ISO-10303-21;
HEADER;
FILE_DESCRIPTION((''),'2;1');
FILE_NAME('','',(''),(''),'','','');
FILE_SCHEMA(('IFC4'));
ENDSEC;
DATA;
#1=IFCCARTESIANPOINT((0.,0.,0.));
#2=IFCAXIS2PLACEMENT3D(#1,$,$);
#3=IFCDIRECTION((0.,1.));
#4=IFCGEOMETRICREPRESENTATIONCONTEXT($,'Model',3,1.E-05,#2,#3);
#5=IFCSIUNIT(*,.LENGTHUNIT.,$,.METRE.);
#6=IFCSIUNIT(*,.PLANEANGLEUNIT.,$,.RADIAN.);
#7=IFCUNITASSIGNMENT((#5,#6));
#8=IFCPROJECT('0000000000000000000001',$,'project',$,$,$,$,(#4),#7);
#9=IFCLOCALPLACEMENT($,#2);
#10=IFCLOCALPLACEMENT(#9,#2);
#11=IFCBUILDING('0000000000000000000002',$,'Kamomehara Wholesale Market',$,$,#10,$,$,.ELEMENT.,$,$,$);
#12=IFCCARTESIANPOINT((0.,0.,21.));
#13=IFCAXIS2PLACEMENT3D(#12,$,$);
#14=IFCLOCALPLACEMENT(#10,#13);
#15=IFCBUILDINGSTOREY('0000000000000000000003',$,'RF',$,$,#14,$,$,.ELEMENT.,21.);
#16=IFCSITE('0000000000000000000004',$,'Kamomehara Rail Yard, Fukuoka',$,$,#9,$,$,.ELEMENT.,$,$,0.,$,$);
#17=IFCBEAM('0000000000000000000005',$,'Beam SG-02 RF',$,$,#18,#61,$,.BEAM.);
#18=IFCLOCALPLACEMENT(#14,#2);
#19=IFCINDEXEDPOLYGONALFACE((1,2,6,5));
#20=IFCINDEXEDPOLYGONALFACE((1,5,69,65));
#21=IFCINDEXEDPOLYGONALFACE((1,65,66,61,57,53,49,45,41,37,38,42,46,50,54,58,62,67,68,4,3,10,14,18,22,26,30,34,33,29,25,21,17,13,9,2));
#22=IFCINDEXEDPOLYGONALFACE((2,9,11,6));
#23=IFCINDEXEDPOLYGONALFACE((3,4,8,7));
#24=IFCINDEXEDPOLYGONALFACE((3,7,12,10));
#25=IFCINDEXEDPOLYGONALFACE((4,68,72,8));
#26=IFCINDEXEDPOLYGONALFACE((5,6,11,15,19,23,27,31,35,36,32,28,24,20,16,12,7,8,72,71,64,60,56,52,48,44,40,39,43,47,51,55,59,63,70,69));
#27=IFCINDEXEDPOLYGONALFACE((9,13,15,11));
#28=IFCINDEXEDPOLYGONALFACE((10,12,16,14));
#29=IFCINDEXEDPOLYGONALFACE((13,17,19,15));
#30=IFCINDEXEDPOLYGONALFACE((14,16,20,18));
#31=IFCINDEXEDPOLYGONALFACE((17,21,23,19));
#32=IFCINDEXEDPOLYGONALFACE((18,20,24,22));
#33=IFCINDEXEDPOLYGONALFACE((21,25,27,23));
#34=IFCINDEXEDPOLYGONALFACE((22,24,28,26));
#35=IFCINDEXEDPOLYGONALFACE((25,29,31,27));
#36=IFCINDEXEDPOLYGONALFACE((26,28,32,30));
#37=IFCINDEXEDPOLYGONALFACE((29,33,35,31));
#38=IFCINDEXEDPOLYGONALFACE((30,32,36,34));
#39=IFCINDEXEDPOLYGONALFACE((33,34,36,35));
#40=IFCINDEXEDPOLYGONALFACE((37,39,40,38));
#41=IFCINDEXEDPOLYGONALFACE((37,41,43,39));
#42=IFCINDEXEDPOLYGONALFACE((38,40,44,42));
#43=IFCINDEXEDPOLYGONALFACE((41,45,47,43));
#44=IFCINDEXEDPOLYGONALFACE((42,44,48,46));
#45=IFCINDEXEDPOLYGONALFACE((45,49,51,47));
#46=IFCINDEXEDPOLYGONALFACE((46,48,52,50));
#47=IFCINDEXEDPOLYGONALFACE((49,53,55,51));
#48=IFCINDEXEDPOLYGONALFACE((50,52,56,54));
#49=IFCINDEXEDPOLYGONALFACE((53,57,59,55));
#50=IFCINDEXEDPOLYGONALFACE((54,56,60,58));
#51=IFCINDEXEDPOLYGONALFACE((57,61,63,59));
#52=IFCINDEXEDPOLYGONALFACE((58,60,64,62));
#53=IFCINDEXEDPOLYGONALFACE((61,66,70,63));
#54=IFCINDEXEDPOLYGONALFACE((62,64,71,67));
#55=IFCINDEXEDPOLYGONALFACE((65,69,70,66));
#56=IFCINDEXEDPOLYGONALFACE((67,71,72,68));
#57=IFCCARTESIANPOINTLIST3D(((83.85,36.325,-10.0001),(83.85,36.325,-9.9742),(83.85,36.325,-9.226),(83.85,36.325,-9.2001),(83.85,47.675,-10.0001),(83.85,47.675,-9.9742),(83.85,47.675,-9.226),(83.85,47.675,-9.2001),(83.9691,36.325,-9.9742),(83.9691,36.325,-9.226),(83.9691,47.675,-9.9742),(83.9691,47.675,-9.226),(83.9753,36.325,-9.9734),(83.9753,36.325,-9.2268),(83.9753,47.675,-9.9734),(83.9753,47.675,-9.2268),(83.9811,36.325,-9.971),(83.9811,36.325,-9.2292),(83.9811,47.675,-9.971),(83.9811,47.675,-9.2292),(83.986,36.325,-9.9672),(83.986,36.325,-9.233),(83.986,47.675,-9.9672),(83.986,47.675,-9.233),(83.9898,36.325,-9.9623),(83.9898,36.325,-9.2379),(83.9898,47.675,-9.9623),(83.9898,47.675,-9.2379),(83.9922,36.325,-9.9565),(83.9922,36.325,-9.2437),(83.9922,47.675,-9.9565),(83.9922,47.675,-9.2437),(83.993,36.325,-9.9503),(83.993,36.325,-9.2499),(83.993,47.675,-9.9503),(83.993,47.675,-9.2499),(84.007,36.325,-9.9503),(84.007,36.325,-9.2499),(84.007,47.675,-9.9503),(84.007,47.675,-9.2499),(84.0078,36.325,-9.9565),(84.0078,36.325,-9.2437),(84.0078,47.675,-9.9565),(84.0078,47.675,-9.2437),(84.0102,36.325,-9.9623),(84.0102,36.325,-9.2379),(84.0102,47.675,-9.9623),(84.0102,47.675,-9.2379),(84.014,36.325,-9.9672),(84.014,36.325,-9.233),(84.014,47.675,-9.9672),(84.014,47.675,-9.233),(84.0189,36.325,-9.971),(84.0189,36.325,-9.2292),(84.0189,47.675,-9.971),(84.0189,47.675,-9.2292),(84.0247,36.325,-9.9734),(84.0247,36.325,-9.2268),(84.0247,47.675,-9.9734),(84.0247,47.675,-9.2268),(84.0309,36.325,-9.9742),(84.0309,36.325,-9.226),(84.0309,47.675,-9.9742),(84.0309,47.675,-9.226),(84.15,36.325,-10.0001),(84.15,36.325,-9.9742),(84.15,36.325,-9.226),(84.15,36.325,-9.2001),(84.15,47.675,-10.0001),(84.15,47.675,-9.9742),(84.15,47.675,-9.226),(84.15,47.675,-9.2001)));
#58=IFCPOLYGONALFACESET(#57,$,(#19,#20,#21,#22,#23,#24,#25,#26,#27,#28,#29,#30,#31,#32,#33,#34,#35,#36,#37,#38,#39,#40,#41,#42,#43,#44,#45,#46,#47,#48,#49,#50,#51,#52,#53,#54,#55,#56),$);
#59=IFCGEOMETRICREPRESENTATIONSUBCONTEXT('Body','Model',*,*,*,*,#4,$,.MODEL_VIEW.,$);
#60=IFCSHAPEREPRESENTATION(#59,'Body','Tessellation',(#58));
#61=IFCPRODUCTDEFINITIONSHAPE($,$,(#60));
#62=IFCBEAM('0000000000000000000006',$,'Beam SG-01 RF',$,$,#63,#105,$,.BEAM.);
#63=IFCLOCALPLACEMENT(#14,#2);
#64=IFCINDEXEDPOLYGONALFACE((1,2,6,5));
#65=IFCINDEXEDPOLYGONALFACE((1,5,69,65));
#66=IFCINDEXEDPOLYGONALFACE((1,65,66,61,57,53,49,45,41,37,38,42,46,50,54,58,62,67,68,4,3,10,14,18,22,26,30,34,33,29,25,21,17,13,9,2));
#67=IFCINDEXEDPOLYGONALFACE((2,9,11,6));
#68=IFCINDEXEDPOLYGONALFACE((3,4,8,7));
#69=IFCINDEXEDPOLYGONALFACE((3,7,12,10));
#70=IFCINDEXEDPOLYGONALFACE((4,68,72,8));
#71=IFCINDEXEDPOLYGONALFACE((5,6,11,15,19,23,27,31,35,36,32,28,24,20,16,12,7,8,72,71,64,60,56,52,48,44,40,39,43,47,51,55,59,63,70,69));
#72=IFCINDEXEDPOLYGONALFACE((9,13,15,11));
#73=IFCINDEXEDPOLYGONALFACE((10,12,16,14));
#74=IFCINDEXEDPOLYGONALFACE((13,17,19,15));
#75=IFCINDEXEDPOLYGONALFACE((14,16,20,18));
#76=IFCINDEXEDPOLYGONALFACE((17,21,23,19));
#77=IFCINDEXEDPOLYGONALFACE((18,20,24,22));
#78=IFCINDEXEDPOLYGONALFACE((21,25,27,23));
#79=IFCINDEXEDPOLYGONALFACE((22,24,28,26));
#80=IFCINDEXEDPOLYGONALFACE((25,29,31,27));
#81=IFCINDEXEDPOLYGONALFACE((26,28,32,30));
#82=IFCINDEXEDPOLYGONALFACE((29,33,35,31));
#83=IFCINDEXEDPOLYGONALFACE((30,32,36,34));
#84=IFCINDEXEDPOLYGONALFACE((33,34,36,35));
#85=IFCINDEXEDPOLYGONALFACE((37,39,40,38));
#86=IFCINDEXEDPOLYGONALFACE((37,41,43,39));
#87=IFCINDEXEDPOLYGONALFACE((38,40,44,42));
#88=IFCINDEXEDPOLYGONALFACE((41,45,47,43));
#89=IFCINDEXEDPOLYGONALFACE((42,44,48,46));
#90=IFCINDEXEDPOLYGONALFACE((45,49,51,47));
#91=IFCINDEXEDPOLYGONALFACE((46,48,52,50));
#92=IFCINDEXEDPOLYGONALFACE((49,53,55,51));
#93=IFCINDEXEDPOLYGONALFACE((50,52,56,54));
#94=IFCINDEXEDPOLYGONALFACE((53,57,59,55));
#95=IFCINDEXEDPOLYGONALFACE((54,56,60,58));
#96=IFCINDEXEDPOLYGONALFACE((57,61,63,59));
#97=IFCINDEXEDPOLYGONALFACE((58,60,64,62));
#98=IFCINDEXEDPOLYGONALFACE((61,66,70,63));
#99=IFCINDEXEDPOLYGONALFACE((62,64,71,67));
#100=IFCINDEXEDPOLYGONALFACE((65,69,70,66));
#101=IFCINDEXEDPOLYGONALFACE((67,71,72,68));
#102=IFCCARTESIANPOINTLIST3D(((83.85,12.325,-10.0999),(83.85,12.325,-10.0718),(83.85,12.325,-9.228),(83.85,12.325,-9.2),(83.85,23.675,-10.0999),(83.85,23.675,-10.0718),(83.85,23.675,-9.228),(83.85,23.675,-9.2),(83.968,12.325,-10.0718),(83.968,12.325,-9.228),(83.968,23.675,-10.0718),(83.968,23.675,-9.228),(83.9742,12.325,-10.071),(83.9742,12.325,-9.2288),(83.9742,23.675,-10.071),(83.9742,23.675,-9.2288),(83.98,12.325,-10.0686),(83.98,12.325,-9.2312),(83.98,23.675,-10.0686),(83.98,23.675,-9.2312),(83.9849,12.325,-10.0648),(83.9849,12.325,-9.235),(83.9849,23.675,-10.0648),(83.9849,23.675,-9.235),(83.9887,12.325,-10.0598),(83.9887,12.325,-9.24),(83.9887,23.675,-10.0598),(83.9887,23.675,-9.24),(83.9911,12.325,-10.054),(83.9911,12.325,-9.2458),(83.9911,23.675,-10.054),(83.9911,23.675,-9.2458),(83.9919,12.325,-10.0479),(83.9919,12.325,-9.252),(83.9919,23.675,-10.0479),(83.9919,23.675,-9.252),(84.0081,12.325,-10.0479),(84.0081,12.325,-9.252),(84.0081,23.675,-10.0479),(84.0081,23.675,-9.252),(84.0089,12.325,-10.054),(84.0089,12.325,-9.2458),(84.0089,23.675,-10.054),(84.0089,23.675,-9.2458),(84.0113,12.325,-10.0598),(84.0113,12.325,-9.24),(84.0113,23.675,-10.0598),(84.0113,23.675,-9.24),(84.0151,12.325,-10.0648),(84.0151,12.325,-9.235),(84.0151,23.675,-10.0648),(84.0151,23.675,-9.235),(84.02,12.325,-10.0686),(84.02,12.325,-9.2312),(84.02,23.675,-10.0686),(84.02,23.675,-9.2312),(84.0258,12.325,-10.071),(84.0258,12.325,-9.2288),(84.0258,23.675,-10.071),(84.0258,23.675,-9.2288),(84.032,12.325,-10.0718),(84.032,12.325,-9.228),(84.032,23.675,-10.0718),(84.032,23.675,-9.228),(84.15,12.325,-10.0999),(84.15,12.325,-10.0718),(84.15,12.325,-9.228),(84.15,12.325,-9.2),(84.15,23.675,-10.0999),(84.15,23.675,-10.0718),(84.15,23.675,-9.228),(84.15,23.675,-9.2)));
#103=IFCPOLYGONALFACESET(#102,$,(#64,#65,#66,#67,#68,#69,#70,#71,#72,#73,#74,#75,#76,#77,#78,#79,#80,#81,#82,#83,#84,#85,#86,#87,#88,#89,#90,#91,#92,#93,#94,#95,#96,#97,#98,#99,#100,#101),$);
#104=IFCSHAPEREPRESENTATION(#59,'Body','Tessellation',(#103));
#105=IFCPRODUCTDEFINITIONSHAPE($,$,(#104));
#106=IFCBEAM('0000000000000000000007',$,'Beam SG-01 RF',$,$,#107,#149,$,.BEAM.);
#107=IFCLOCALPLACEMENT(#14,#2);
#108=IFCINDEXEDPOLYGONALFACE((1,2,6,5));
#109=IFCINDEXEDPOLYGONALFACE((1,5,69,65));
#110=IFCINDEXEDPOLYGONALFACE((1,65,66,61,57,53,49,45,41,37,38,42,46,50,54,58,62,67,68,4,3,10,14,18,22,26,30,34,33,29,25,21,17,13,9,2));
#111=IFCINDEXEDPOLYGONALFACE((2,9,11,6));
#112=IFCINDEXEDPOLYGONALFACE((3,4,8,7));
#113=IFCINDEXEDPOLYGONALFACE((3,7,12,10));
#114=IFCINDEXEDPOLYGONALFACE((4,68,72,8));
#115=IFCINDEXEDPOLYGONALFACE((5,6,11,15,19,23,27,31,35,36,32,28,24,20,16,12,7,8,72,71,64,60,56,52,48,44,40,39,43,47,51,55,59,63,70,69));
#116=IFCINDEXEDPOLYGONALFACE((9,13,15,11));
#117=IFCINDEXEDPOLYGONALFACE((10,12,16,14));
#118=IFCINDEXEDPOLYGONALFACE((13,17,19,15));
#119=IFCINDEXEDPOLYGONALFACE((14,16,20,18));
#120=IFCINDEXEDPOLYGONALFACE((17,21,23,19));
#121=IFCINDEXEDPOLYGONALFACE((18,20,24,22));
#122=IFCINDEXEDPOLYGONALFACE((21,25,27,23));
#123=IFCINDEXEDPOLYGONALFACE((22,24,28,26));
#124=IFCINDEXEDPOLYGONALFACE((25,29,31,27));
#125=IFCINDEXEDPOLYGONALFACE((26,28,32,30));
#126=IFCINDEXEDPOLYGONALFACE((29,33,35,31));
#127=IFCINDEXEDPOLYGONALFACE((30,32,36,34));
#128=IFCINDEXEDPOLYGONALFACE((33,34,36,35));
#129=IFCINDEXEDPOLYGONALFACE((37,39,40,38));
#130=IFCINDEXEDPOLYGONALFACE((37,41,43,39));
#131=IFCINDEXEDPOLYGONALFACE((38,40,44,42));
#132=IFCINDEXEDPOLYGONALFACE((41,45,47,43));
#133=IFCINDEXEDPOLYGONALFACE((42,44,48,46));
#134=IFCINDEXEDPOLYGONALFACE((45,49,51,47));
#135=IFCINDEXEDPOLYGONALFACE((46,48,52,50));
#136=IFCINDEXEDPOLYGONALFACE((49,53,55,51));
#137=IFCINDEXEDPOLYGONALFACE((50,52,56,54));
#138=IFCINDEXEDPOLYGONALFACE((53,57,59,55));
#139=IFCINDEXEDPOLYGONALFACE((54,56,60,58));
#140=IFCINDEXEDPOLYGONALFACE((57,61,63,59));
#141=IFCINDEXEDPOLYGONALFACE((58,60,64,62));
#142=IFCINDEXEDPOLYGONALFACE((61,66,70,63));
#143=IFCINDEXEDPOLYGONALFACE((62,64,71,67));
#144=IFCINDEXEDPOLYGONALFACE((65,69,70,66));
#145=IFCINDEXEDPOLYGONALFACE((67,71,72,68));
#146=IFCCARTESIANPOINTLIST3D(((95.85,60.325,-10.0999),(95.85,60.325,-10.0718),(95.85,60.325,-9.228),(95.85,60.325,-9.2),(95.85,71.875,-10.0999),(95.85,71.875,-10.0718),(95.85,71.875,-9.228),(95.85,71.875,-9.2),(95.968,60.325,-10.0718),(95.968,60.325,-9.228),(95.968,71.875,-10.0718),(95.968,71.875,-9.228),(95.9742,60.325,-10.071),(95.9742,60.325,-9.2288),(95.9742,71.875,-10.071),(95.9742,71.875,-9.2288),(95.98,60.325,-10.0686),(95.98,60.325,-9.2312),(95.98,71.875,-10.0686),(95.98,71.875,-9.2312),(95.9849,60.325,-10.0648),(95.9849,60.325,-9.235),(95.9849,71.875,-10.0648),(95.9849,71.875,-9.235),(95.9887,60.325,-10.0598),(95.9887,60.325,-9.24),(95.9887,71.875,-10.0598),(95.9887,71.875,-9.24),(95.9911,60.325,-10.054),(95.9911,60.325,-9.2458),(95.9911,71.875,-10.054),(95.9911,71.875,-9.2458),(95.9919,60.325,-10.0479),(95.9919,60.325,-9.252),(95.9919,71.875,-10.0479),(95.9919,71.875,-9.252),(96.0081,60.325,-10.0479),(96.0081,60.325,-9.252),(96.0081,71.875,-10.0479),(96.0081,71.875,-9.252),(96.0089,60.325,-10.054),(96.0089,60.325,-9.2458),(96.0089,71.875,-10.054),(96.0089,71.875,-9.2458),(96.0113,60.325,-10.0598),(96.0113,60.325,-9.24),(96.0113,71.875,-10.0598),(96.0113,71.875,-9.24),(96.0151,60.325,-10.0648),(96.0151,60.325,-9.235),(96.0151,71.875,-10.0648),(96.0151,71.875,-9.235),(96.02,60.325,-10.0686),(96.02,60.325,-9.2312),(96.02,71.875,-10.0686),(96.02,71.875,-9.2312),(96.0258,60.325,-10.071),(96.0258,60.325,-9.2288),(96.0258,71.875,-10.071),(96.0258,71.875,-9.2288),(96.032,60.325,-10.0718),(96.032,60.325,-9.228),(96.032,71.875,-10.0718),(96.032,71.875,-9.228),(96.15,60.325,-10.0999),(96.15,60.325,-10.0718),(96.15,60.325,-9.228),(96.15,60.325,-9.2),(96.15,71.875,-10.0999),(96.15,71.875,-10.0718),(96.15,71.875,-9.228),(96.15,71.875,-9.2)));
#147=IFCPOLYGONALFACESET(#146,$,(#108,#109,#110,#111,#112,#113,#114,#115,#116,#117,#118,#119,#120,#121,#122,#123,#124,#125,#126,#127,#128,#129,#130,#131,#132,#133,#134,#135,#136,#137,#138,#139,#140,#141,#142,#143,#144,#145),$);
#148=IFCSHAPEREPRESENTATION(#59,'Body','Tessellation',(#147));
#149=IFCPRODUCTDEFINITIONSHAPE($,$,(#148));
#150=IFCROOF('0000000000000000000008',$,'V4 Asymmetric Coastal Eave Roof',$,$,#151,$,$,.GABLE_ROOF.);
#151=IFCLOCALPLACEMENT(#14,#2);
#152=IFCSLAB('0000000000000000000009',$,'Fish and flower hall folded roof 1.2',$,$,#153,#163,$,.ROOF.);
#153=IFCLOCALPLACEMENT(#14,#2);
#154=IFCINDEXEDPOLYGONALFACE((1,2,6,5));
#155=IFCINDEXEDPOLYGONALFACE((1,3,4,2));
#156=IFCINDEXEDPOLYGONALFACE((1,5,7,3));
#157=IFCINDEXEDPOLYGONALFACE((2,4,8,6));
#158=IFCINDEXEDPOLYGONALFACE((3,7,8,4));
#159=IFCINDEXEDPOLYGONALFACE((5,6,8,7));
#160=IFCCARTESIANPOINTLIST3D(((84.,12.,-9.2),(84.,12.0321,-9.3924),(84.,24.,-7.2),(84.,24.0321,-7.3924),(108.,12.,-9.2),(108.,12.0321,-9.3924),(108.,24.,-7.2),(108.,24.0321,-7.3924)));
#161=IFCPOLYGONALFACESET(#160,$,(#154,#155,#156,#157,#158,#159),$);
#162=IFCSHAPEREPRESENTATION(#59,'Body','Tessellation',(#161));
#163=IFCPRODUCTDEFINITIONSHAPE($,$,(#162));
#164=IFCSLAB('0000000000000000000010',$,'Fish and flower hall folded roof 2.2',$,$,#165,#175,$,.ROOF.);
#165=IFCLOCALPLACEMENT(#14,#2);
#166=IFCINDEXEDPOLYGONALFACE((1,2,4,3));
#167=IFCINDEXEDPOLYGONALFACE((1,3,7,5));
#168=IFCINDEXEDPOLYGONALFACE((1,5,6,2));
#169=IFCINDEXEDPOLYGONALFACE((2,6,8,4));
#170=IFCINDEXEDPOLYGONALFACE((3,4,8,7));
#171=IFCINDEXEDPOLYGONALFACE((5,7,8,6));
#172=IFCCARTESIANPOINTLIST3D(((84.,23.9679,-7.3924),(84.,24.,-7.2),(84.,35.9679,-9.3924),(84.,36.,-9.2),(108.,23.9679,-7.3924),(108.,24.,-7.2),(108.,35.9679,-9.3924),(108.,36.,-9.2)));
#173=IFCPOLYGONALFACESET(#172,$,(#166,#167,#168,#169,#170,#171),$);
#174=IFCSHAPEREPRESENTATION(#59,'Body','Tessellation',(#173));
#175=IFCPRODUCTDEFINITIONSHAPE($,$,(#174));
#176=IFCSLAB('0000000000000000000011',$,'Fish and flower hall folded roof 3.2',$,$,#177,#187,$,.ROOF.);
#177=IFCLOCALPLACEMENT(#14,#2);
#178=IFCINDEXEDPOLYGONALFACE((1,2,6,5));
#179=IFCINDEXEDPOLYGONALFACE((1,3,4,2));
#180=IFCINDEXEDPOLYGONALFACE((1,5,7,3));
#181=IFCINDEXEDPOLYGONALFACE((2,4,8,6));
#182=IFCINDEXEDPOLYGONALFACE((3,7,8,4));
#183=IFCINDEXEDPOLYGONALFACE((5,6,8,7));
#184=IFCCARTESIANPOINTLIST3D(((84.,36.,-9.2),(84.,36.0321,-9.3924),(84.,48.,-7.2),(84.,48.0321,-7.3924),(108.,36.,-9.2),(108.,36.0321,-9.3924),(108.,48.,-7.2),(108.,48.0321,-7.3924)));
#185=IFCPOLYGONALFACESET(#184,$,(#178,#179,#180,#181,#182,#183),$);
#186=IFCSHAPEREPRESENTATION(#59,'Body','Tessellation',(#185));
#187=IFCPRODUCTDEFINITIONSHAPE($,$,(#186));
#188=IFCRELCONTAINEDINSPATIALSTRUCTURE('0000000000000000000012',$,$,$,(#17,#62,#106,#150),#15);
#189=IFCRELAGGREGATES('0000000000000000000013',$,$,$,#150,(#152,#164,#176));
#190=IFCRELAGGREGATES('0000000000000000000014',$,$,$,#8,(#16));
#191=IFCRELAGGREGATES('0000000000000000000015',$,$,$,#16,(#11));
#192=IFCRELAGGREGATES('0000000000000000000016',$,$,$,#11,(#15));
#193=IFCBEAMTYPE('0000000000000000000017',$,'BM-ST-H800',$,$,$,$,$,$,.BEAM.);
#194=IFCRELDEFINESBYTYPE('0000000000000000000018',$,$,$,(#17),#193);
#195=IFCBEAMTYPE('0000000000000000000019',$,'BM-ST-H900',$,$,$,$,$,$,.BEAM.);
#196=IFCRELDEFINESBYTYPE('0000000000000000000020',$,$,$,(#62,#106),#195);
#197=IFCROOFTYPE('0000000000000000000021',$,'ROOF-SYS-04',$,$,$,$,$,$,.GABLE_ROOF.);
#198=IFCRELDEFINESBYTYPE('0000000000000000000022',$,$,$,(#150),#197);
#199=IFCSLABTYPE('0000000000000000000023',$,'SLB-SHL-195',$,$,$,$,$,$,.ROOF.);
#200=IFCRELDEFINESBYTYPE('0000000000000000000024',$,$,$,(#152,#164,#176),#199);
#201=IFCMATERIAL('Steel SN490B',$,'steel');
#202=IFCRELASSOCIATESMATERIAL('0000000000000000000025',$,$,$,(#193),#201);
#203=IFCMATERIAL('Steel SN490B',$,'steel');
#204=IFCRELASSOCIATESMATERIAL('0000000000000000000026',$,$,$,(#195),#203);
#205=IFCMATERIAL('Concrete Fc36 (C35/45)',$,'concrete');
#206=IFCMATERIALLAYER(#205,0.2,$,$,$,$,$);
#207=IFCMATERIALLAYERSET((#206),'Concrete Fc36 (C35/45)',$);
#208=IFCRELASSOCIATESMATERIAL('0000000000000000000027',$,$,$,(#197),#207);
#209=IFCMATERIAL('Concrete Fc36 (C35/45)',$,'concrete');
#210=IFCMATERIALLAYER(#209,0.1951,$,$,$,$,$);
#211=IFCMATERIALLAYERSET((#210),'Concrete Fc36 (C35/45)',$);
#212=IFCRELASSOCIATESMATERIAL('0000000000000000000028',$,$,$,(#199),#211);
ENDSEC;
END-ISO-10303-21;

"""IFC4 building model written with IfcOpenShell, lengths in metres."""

from ifc_helpers import new_model, si_unit, direction, frame, origin, origin_2d, place, context, subcontext, project, spatial, polyline, i_section, outline, extrude, material, layer, layer_set, material_profile, profile_set, type_object, element, aggregate, save


model = new_model("IFC4")

# Units and contexts
model_context = context("Model", 3, precision=1e-05, world=origin(), true_north=direction((0.0, 1.0)))
body_context = subcontext(model_context, "Body", "Model", "MODEL_VIEW")
ifc_project = project(units=[si_unit("LENGTHUNIT", "METRE"), si_unit("PLANEANGLEUNIT", "RADIAN")], contexts=[model_context])

# Site, building, storey
site_placement = place(None, origin())
site = spatial("IfcSite", under=ifc_project, at=site_placement, Name="Kamomehara Rail Yard, Fukuoka", CompositionType="ELEMENT", RefElevation=0.0)
building_placement = place(site_placement, origin())
building = spatial("IfcBuilding", under=site, at=building_placement, Name="Kamomehara Wholesale Market", CompositionType="ELEMENT")
storey_placement = place(building_placement, frame((0.0, 0.0, 21.0)))
storey = spatial("IfcBuildingStorey", under=building, at=storey_placement, Name="RF", CompositionType="ELEMENT", Elevation=21.0)

# Beams
ifc_material_1 = material(Name="Steel SN490B", Category="steel")
ifc_material_profile_1 = material_profile(ifc_material_1, i_section(OverallWidth=0.3, OverallDepth=0.8, WebThickness=0.0139, FlangeThickness=0.0259, FilletRadius=0.0239, at=origin_2d()), Name="H-800x300x14x26")
ifc_profile_set_1 = profile_set([ifc_material_profile_1], Name="Steel SN490B")
beam_type_1 = type_object("IfcBeamType", Name="BM-ST-H800", PredefinedType="BEAM", material=ifc_profile_set_1)
beam_1_placement = place(storey_placement, frame((84.0, 36.325, -9.6001), z_axis=(0.0, 1.0, 0.0), x_axis=(-1.0, 0.0, 0.0)))
element("IfcBeam", 1, at=beam_1_placement, inside=storey, type_object=beam_type_1, Name="Beam SG-02 RF", PredefinedType="BEAM", context=body_context, shape_type="SweptSolid", body=[
    extrude(i_section(OverallWidth=0.3, OverallDepth=0.8, WebThickness=0.0139, FlangeThickness=0.0259, FilletRadius=0.0239, at=origin_2d()), origin(), (0.0, 0.0, 1.0), 11.3501),
])
ifc_material_2 = material(Name="Steel SN490B", Category="steel")
ifc_material_profile_2 = material_profile(ifc_material_2, i_section(OverallWidth=0.3, OverallDepth=0.8999, WebThickness=0.0161, FlangeThickness=0.0281, FilletRadius=0.0239, at=origin_2d()), Name="H-900x300x16x28")
ifc_profile_set_2 = profile_set([ifc_material_profile_2], Name="Steel SN490B")
beam_type_2 = type_object("IfcBeamType", Name="BM-ST-H900", PredefinedType="BEAM", material=ifc_profile_set_2)
beam_2_placement = place(storey_placement, frame((84.0, 12.325, -9.6499), z_axis=(0.0, 1.0, 0.0), x_axis=(-1.0, 0.0, 0.0)))
element("IfcBeam", 2, at=beam_2_placement, inside=storey, type_object=beam_type_2, Name="Beam SG-01 RF", PredefinedType="BEAM", context=body_context, shape_type="SweptSolid", body=[
    extrude(i_section(OverallWidth=0.3, OverallDepth=0.8999, WebThickness=0.0161, FlangeThickness=0.0281, FilletRadius=0.0239, at=origin_2d()), origin(), (0.0, 0.0, 1.0), 11.3501),
])
beam_3_placement = place(storey_placement, frame((96.0, 60.325, -9.6499), z_axis=(0.0, 1.0, 0.0), x_axis=(-1.0, 0.0, 0.0)))
element("IfcBeam", 3, at=beam_3_placement, inside=storey, type_object=beam_type_2, Name="Beam SG-01 RF", PredefinedType="BEAM", context=body_context, shape_type="SweptSolid", body=[
    extrude(i_section(OverallWidth=0.3, OverallDepth=0.8999, WebThickness=0.0161, FlangeThickness=0.0281, FilletRadius=0.0239, at=origin_2d()), origin(), (0.0, 0.0, 1.0), 11.55),
])

# Roof, slabs
ifc_material_3 = material(Name="Concrete Fc36 (C35/45)", Category="concrete")
ifc_layer_1 = layer(ifc_material_3, 0.2)
ifc_layer_set_1 = layer_set([ifc_layer_1], Name="Concrete Fc36 (C35/45)")
roof_type = type_object("IfcRoofType", Name="ROOF-SYS-04", PredefinedType="GABLE_ROOF", material=ifc_layer_set_1)
roof_placement = place(storey_placement, origin())
roof = element("IfcRoof", 4, at=roof_placement, inside=storey, type_object=roof_type, Name="V4 Asymmetric Coastal Eave Roof", PredefinedType="GABLE_ROOF")
ifc_material_4 = material(Name="Concrete Fc36 (C35/45)", Category="concrete")
ifc_layer_2 = layer(ifc_material_4, 0.1951)
ifc_layer_set_2 = layer_set([ifc_layer_2], Name="Concrete Fc36 (C35/45)")
slab_type = type_object("IfcSlabType", Name="SLB-SHL-195", PredefinedType="ROOF", material=ifc_layer_set_2)
slab_1_placement = place(storey_placement, frame((84.0, 12.0, -9.2), z_axis=(0.0, -0.164399, 0.986394), x_axis=(1.0, 0.0, 0.0)))
slab_1 = element("IfcSlab", 5, at=slab_1_placement, type_object=slab_type, Name="Fish and flower hall folded roof 1.2", PredefinedType="ROOF", context=body_context, shape_type="SweptSolid", body=[
    extrude(outline(polyline([(0.0, 0.0), (24.0, 0.0), (24.0, 12.1655), (0.0, 12.1655), (0.0, 0.0)])), origin(), (0.0, 0.0, -1.0), 0.1951),
])
slab_2_placement = place(storey_placement, frame((84.0, 24.0, -7.2), z_axis=(0.0, 0.164399, 0.986394), x_axis=(1.0, 0.0, 0.0)))
slab_2 = element("IfcSlab", 6, at=slab_2_placement, type_object=slab_type, Name="Fish and flower hall folded roof 2.2", PredefinedType="ROOF", context=body_context, shape_type="SweptSolid", body=[
    extrude(outline(polyline([(0.0, 0.0), (24.0, 0.0), (24.0, 12.1655), (0.0, 12.1655), (0.0, 0.0)])), origin(), (0.0, 0.0, -1.0), 0.1951),
])
slab_3_placement = place(storey_placement, frame((84.0, 36.0, -9.2), z_axis=(0.0, -0.164399, 0.986394), x_axis=(1.0, 0.0, 0.0)))
slab_3 = element("IfcSlab", 7, at=slab_3_placement, type_object=slab_type, Name="Fish and flower hall folded roof 3.2", PredefinedType="ROOF", context=body_context, shape_type="SweptSolid", body=[
    extrude(outline(polyline([(0.0, 0.0), (24.0, 0.0), (24.0, 12.1655), (0.0, 12.1655), (0.0, 0.0)])), origin(), (0.0, 0.0, -1.0), 0.1951),
])
aggregate(roof, [slab_1, slab_2, slab_3])

save(model, "model.ifc")
